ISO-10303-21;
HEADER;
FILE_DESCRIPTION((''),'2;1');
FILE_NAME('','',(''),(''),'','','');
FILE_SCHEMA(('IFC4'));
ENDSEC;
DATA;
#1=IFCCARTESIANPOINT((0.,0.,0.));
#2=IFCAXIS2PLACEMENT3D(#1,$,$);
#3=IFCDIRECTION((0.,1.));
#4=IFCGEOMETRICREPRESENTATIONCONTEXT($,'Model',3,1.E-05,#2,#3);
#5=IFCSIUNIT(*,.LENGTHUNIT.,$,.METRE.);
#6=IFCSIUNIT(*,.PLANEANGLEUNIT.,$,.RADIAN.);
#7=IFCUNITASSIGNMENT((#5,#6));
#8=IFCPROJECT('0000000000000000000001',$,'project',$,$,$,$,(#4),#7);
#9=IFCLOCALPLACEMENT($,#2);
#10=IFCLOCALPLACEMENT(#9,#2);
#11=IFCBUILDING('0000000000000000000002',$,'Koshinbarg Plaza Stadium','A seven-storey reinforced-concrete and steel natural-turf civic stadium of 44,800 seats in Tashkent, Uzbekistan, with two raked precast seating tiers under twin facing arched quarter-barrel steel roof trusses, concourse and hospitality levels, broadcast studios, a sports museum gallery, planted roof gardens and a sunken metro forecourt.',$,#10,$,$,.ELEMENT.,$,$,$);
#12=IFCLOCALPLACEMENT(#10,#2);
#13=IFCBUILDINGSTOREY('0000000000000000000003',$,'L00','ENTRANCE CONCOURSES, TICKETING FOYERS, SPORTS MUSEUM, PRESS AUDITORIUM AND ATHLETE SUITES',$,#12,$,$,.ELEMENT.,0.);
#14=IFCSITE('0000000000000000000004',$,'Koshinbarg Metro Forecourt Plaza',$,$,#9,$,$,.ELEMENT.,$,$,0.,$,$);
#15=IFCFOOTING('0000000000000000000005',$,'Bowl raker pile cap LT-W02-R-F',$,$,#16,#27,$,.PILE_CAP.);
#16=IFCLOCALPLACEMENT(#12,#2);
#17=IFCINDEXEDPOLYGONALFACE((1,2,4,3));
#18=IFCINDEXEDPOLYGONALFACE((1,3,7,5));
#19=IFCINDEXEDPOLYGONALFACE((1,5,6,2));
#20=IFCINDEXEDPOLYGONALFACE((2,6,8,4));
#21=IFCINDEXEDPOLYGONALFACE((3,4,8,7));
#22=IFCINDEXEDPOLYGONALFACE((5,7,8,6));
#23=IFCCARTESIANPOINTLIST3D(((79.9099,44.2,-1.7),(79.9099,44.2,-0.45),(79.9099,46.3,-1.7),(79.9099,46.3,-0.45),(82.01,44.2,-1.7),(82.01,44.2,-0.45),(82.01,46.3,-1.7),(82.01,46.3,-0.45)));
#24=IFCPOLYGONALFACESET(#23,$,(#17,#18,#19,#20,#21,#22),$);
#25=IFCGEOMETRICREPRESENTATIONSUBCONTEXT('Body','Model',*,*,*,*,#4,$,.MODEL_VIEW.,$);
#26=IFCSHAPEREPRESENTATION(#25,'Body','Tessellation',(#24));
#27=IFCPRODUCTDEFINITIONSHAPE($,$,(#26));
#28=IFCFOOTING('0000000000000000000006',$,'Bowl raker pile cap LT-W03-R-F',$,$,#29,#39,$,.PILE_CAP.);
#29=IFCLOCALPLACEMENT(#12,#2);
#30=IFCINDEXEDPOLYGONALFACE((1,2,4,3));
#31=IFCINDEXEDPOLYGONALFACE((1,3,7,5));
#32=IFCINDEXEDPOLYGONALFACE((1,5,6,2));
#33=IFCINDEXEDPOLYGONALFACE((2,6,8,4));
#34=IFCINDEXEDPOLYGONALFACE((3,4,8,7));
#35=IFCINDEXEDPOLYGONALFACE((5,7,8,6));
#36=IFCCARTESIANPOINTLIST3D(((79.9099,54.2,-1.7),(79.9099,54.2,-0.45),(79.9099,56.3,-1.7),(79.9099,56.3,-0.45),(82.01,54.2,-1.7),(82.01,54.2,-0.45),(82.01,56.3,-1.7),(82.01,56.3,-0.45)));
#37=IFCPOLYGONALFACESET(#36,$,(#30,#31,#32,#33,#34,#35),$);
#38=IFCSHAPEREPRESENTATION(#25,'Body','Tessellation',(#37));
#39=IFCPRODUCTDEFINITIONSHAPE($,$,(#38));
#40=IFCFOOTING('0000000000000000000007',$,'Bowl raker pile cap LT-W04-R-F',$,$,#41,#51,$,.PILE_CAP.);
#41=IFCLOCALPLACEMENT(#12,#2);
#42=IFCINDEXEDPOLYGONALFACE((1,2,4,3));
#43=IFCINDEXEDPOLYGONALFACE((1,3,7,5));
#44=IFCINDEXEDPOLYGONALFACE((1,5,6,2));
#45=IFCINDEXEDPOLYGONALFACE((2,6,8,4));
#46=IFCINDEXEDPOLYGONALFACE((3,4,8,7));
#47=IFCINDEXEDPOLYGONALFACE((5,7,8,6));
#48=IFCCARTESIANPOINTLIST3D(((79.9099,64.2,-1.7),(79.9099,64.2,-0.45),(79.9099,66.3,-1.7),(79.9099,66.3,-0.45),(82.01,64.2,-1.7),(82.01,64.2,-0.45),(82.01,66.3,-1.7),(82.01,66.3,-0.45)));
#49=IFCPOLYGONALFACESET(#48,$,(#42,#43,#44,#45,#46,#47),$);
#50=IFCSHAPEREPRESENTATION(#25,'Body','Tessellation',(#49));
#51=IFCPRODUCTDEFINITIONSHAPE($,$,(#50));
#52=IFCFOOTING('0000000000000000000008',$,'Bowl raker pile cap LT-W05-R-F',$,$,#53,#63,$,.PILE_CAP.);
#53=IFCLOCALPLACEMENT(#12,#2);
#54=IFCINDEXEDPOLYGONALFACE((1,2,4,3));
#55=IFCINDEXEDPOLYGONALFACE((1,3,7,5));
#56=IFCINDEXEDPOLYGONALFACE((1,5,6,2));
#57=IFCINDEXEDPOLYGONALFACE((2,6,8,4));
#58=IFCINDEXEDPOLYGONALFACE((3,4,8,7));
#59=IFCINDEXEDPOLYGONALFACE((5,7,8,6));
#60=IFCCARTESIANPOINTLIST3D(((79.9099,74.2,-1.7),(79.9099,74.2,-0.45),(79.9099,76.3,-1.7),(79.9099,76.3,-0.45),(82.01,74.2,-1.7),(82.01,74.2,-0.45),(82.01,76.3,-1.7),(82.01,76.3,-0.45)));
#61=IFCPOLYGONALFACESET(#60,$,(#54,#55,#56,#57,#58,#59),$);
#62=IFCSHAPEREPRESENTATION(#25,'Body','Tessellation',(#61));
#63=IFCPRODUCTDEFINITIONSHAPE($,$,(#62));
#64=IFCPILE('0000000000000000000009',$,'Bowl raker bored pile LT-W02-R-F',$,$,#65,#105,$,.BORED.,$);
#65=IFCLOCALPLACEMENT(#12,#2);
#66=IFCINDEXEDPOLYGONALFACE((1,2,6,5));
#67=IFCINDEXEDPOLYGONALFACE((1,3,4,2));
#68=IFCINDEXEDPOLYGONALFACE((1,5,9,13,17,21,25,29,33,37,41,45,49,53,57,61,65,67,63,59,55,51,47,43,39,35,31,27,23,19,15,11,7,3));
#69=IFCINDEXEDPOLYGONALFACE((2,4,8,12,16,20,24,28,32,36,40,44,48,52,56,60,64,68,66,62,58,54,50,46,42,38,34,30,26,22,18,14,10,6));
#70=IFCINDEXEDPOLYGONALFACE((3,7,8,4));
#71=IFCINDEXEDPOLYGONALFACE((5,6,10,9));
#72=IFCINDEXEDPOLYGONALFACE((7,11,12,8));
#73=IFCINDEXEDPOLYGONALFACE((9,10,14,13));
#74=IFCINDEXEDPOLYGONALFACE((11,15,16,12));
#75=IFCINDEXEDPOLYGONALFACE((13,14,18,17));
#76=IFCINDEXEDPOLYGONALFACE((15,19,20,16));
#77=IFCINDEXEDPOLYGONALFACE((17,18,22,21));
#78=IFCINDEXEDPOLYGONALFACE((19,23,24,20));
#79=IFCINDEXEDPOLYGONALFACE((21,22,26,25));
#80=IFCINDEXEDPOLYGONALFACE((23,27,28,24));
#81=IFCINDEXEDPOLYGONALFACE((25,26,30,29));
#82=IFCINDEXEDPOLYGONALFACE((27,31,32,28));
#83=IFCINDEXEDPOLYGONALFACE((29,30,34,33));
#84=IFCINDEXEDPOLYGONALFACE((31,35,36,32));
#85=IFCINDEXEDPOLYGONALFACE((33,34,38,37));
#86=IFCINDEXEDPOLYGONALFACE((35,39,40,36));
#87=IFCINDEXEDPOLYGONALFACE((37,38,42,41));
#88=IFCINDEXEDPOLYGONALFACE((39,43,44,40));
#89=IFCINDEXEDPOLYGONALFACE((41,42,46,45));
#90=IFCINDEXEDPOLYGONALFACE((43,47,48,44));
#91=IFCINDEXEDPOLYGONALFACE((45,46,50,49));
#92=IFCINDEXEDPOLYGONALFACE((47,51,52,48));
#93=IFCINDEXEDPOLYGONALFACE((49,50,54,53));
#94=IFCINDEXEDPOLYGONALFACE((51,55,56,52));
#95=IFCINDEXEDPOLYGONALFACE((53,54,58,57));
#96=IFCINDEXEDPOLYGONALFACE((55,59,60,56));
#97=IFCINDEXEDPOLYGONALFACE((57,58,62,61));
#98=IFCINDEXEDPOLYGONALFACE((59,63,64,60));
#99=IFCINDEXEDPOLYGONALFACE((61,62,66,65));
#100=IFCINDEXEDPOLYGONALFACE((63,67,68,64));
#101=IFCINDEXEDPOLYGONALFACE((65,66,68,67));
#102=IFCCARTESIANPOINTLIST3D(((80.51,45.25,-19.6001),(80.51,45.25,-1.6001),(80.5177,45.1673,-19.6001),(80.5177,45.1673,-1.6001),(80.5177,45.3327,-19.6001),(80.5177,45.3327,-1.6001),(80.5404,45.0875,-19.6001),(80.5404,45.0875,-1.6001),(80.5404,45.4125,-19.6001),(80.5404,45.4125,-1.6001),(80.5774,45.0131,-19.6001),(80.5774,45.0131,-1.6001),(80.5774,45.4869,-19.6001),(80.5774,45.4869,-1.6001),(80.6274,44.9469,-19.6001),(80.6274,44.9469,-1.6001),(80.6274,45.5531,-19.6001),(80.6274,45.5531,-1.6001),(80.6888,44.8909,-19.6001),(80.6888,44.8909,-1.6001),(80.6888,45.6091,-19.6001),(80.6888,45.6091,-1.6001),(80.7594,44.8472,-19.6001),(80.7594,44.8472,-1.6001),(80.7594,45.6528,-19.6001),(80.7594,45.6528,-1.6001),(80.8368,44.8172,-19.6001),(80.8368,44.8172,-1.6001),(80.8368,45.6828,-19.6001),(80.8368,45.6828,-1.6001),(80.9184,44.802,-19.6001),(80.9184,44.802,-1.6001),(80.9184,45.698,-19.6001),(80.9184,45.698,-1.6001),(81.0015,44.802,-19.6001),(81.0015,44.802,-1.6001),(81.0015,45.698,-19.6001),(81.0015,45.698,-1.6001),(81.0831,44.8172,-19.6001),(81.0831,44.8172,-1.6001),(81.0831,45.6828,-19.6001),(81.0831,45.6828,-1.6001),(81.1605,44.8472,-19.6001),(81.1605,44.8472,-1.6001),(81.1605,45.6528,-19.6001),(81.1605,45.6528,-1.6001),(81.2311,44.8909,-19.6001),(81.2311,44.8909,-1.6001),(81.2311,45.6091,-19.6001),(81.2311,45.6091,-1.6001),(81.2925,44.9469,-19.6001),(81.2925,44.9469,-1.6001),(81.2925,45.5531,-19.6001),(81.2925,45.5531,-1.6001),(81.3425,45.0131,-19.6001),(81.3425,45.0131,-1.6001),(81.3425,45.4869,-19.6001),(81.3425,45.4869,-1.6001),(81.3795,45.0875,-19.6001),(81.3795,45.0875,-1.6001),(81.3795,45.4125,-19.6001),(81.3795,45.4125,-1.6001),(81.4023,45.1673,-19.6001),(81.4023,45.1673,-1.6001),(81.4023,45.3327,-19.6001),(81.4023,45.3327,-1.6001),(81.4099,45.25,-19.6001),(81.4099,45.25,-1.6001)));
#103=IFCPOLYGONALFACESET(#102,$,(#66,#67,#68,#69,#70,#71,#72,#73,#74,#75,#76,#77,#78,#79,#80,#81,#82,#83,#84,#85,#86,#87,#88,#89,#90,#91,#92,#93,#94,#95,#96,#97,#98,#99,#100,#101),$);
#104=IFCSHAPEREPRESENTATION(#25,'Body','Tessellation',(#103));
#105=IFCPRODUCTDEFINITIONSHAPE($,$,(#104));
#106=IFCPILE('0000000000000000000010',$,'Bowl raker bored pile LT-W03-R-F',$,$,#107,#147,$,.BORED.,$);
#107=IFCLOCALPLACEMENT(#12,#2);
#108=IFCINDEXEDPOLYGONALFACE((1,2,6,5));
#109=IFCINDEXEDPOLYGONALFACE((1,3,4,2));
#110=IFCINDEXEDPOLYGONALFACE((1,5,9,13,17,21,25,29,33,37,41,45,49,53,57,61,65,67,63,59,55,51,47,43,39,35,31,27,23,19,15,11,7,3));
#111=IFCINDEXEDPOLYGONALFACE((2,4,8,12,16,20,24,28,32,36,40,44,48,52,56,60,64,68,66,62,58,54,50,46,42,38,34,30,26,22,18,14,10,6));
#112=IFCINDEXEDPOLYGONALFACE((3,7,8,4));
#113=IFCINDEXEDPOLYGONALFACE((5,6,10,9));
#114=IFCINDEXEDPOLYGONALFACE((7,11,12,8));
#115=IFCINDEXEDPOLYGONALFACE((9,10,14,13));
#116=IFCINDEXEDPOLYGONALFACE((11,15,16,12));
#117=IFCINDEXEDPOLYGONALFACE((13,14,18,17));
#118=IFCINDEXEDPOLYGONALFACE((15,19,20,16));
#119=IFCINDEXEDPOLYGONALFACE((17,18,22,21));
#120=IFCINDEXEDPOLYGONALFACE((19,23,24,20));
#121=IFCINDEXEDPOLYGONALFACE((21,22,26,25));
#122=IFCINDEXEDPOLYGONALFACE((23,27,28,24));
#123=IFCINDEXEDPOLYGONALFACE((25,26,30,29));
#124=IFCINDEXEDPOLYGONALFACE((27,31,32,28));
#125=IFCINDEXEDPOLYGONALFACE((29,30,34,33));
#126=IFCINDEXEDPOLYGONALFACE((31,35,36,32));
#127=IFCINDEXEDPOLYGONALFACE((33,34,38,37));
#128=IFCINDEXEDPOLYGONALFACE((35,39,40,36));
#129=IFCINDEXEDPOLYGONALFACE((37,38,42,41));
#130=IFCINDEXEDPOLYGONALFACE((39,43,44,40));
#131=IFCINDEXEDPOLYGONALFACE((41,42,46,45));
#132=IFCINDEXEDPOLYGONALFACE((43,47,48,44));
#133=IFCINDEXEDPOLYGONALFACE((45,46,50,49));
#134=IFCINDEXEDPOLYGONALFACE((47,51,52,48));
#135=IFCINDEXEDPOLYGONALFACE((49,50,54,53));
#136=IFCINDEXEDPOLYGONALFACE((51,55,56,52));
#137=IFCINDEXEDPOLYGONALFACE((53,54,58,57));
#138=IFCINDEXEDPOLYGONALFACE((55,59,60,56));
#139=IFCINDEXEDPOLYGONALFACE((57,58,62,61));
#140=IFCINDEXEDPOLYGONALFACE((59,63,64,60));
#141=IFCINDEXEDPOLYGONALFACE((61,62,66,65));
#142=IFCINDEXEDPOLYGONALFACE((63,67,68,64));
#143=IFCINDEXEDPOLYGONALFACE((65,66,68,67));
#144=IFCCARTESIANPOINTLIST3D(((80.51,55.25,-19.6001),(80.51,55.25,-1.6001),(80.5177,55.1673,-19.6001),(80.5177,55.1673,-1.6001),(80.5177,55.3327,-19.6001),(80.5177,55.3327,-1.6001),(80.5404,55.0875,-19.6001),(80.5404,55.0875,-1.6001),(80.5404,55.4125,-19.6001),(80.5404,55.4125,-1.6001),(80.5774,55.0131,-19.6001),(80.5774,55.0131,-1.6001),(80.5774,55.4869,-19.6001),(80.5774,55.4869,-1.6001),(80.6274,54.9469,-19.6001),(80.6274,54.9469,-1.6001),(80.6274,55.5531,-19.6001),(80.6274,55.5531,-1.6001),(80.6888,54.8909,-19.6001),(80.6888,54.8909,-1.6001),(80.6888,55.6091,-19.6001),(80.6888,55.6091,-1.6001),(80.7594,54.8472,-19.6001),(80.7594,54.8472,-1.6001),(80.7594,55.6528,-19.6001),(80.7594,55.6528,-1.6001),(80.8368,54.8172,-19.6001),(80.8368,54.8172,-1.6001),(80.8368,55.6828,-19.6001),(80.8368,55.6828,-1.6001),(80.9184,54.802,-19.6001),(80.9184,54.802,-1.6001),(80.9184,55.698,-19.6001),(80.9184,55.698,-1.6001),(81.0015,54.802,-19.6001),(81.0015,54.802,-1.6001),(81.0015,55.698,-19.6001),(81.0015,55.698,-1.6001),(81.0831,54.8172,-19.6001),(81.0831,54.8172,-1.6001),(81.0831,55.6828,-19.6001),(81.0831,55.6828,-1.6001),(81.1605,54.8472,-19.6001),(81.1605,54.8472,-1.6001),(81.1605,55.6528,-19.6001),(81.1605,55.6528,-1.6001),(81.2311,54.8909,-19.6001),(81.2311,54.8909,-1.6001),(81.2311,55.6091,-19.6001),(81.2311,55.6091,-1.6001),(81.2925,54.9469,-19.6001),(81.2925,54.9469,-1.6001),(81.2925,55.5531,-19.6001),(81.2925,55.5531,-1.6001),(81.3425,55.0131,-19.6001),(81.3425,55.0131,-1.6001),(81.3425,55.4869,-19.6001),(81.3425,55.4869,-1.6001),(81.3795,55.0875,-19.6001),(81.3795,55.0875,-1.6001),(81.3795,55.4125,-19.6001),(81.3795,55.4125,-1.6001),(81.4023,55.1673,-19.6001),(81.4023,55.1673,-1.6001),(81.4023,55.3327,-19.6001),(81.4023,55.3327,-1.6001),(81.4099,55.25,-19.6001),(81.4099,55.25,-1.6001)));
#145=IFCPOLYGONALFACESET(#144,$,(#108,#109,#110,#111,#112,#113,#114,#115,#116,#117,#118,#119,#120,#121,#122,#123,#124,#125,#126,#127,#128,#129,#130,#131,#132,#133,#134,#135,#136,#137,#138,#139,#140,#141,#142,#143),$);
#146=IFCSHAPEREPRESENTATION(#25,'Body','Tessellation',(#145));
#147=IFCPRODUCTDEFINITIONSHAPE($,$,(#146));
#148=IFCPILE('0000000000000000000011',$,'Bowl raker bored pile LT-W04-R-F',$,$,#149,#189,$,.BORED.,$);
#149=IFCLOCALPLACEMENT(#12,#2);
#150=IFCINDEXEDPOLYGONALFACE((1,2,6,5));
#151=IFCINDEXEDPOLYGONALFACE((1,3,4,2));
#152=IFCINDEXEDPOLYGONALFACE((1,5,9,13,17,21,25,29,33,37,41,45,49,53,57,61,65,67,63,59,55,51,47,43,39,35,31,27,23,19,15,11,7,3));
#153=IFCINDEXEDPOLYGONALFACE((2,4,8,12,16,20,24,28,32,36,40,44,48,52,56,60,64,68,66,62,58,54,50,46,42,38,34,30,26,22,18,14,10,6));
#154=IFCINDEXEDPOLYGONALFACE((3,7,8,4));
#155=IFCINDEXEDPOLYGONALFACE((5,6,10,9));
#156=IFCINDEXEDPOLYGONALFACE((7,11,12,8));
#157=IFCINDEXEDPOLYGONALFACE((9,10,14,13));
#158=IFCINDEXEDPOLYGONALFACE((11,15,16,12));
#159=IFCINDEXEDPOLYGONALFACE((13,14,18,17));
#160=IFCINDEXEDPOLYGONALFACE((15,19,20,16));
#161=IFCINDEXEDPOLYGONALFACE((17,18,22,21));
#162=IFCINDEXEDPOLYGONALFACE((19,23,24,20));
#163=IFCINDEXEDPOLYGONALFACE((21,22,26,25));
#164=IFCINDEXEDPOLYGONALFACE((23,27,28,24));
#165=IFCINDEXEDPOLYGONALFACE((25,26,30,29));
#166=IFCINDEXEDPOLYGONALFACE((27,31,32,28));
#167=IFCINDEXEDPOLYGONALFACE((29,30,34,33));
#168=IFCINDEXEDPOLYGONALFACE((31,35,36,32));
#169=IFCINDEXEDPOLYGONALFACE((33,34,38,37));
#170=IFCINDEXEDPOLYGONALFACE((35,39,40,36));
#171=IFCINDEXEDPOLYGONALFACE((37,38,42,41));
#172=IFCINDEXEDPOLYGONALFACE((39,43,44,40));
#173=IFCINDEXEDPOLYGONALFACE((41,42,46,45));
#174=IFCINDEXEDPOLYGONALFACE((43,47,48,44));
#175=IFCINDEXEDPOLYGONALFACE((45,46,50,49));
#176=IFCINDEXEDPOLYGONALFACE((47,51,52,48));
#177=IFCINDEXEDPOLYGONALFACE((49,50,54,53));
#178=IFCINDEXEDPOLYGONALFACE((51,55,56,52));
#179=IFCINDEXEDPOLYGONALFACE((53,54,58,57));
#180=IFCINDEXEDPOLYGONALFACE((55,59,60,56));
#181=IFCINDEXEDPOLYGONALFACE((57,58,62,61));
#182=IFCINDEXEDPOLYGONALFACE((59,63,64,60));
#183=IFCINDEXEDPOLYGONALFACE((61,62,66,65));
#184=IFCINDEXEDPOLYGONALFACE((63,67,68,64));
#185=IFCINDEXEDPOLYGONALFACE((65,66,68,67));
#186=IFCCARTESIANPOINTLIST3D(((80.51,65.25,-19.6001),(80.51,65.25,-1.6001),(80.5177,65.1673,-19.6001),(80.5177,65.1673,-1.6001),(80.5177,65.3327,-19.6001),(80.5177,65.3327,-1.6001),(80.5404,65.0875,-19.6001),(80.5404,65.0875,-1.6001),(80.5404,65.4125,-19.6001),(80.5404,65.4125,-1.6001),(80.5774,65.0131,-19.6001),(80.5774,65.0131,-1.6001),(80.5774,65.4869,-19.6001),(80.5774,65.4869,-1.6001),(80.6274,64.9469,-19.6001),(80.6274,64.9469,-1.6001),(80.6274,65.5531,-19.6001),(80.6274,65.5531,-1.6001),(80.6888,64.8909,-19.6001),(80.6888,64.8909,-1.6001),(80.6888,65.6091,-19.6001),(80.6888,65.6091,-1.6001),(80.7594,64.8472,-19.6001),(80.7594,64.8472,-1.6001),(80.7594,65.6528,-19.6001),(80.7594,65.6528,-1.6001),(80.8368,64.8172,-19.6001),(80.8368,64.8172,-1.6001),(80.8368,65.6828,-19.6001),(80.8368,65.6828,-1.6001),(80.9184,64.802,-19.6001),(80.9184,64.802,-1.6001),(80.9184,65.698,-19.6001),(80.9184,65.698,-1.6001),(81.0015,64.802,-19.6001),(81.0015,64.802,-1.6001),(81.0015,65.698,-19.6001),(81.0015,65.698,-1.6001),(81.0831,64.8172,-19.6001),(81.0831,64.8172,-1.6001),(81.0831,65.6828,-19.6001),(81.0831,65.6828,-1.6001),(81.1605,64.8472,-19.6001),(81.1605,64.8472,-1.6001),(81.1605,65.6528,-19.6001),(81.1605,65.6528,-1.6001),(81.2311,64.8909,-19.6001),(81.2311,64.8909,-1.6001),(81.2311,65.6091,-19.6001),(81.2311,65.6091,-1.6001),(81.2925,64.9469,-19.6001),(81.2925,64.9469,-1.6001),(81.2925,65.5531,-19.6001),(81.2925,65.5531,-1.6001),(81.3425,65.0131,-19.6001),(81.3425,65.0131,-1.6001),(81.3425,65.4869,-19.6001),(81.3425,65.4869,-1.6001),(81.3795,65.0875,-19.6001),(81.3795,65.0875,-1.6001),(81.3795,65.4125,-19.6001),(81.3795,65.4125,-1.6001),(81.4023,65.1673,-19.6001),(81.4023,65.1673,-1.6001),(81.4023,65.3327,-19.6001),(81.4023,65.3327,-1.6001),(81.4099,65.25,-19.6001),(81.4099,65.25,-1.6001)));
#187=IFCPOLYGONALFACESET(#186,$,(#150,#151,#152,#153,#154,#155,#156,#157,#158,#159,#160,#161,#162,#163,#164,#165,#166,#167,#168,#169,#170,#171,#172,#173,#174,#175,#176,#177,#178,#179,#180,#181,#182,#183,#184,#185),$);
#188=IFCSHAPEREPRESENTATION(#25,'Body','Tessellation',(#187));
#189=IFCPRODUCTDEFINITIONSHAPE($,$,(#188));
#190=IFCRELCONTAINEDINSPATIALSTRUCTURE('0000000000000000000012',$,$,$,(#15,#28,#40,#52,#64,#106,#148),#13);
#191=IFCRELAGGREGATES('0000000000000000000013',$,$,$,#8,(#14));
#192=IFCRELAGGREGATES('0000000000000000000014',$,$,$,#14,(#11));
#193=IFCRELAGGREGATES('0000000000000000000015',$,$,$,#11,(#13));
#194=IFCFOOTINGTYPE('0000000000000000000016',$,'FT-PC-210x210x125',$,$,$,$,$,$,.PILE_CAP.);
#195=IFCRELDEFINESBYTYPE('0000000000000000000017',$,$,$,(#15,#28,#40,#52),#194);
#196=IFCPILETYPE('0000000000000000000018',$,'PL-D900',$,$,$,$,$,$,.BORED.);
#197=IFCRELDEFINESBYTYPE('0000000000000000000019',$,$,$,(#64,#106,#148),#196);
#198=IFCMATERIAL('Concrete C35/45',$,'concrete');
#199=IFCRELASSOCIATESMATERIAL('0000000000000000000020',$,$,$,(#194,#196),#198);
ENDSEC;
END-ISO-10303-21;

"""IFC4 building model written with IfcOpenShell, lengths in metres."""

from ifc_helpers import new_model, si_unit, direction, frame, origin, origin_2d, place, context, subcontext, project, spatial, rectangle, circle, extrude, material, material_profile, profile_set, type_object, element, save


model = new_model("IFC4")

# Units and contexts
model_context = context("Model", 3, precision=1e-05, world=origin(), true_north=direction((0.0, 1.0)))
body_context = subcontext(model_context, "Body", "Model", "MODEL_VIEW")
ifc_project = project(units=[si_unit("LENGTHUNIT", "METRE"), si_unit("PLANEANGLEUNIT", "RADIAN")], contexts=[model_context])

# Site, building, storey
site_placement = place(None, origin())
site = spatial("IfcSite", under=ifc_project, at=site_placement, Name="Koshinbarg Metro Forecourt Plaza", CompositionType="ELEMENT", RefElevation=0.0)
building_placement = place(site_placement, origin())
building = spatial("IfcBuilding", under=site, at=building_placement, Name="Koshinbarg Plaza Stadium", Description="A seven-storey reinforced-concrete and steel natural-turf civic stadium of 44,800 seats in Tashkent, Uzbekistan, with two raked precast seating tiers under twin facing arched quarter-barrel steel roof trusses, concourse and hospitality levels, broadcast studios, a sports museum gallery, planted roof gardens and a sunken metro forecourt.", CompositionType="ELEMENT")
storey_placement = place(building_placement, origin())
storey = spatial("IfcBuildingStorey", under=building, at=storey_placement, Name="L00", Description="ENTRANCE CONCOURSES, TICKETING FOYERS, SPORTS MUSEUM, PRESS AUDITORIUM AND ATHLETE SUITES", CompositionType="ELEMENT", Elevation=0.0)

# Footings
ifc_material_1 = material(Name="Concrete C35/45", Category="concrete")
footing_type = type_object("IfcFootingType", Name="FT-PC-210x210x125", PredefinedType="PILE_CAP", material=ifc_material_1)
for number, where, z_axis, x_axis, name in (
    (1, (80.96, 45.25, -1.7), (0.0, 0.0, 1.0), (1.0, 0.0, 0.0), "Bowl raker pile cap LT-W02-R-F"),
    (2, (80.96, 55.25, -1.7), (0.0, 0.0, 1.0), (1.0, 0.0, 0.0), "Bowl raker pile cap LT-W03-R-F"),
    (3, (80.96, 65.25, -1.7), (0.0, 0.0, 1.0), (1.0, 0.0, 0.0), "Bowl raker pile cap LT-W04-R-F"),
    (4, (80.96, 75.25, -1.7), (0.0, 0.0, 1.0), (1.0, 0.0, 0.0), "Bowl raker pile cap LT-W05-R-F"),
):
    element("IfcFooting", number, at=place(storey_placement, frame(where, z_axis=z_axis, x_axis=x_axis)), inside=storey, type_object=footing_type, Name=name, PredefinedType="PILE_CAP", context=body_context, shape_type="SweptSolid", body=[
        extrude(rectangle(XDim=2.1001, YDim=2.1001, at=origin_2d()), origin(), (0.0, 0.0, 1.0), 1.25),
    ])

# Piles
ifc_material_profile_1 = material_profile(ifc_material_1, circle(Radius=0.45, at=origin_2d()), Name="PILE D900")
ifc_profile_set_1 = profile_set([ifc_material_profile_1], Name="Concrete C35/45")
pile_type = type_object("IfcPileType", Name="PL-D900", PredefinedType="BORED", material=ifc_profile_set_1)
for number, where, z_axis, x_axis, name in (
    (5, (80.96, 45.25, -1.6001), (0.0, 0.0, -1.0), (1.0, 0.0, 0.0), "Bowl raker bored pile LT-W02-R-F"),
    (6, (80.96, 55.25, -1.6001), (0.0, 0.0, -1.0), (1.0, 0.0, 0.0), "Bowl raker bored pile LT-W03-R-F"),
    (7, (80.96, 65.25, -1.6001), (0.0, 0.0, -1.0), (1.0, 0.0, 0.0), "Bowl raker bored pile LT-W04-R-F"),
):
    element("IfcPile", number, at=place(storey_placement, frame(where, z_axis=z_axis, x_axis=x_axis)), inside=storey, type_object=pile_type, Name=name, PredefinedType="BORED", context=body_context, shape_type="SweptSolid", body=[
        extrude(circle(Radius=0.45, at=origin_2d()), origin(), (0.0, 0.0, 1.0), 18.0),
    ])

save(model, "model.ifc")
